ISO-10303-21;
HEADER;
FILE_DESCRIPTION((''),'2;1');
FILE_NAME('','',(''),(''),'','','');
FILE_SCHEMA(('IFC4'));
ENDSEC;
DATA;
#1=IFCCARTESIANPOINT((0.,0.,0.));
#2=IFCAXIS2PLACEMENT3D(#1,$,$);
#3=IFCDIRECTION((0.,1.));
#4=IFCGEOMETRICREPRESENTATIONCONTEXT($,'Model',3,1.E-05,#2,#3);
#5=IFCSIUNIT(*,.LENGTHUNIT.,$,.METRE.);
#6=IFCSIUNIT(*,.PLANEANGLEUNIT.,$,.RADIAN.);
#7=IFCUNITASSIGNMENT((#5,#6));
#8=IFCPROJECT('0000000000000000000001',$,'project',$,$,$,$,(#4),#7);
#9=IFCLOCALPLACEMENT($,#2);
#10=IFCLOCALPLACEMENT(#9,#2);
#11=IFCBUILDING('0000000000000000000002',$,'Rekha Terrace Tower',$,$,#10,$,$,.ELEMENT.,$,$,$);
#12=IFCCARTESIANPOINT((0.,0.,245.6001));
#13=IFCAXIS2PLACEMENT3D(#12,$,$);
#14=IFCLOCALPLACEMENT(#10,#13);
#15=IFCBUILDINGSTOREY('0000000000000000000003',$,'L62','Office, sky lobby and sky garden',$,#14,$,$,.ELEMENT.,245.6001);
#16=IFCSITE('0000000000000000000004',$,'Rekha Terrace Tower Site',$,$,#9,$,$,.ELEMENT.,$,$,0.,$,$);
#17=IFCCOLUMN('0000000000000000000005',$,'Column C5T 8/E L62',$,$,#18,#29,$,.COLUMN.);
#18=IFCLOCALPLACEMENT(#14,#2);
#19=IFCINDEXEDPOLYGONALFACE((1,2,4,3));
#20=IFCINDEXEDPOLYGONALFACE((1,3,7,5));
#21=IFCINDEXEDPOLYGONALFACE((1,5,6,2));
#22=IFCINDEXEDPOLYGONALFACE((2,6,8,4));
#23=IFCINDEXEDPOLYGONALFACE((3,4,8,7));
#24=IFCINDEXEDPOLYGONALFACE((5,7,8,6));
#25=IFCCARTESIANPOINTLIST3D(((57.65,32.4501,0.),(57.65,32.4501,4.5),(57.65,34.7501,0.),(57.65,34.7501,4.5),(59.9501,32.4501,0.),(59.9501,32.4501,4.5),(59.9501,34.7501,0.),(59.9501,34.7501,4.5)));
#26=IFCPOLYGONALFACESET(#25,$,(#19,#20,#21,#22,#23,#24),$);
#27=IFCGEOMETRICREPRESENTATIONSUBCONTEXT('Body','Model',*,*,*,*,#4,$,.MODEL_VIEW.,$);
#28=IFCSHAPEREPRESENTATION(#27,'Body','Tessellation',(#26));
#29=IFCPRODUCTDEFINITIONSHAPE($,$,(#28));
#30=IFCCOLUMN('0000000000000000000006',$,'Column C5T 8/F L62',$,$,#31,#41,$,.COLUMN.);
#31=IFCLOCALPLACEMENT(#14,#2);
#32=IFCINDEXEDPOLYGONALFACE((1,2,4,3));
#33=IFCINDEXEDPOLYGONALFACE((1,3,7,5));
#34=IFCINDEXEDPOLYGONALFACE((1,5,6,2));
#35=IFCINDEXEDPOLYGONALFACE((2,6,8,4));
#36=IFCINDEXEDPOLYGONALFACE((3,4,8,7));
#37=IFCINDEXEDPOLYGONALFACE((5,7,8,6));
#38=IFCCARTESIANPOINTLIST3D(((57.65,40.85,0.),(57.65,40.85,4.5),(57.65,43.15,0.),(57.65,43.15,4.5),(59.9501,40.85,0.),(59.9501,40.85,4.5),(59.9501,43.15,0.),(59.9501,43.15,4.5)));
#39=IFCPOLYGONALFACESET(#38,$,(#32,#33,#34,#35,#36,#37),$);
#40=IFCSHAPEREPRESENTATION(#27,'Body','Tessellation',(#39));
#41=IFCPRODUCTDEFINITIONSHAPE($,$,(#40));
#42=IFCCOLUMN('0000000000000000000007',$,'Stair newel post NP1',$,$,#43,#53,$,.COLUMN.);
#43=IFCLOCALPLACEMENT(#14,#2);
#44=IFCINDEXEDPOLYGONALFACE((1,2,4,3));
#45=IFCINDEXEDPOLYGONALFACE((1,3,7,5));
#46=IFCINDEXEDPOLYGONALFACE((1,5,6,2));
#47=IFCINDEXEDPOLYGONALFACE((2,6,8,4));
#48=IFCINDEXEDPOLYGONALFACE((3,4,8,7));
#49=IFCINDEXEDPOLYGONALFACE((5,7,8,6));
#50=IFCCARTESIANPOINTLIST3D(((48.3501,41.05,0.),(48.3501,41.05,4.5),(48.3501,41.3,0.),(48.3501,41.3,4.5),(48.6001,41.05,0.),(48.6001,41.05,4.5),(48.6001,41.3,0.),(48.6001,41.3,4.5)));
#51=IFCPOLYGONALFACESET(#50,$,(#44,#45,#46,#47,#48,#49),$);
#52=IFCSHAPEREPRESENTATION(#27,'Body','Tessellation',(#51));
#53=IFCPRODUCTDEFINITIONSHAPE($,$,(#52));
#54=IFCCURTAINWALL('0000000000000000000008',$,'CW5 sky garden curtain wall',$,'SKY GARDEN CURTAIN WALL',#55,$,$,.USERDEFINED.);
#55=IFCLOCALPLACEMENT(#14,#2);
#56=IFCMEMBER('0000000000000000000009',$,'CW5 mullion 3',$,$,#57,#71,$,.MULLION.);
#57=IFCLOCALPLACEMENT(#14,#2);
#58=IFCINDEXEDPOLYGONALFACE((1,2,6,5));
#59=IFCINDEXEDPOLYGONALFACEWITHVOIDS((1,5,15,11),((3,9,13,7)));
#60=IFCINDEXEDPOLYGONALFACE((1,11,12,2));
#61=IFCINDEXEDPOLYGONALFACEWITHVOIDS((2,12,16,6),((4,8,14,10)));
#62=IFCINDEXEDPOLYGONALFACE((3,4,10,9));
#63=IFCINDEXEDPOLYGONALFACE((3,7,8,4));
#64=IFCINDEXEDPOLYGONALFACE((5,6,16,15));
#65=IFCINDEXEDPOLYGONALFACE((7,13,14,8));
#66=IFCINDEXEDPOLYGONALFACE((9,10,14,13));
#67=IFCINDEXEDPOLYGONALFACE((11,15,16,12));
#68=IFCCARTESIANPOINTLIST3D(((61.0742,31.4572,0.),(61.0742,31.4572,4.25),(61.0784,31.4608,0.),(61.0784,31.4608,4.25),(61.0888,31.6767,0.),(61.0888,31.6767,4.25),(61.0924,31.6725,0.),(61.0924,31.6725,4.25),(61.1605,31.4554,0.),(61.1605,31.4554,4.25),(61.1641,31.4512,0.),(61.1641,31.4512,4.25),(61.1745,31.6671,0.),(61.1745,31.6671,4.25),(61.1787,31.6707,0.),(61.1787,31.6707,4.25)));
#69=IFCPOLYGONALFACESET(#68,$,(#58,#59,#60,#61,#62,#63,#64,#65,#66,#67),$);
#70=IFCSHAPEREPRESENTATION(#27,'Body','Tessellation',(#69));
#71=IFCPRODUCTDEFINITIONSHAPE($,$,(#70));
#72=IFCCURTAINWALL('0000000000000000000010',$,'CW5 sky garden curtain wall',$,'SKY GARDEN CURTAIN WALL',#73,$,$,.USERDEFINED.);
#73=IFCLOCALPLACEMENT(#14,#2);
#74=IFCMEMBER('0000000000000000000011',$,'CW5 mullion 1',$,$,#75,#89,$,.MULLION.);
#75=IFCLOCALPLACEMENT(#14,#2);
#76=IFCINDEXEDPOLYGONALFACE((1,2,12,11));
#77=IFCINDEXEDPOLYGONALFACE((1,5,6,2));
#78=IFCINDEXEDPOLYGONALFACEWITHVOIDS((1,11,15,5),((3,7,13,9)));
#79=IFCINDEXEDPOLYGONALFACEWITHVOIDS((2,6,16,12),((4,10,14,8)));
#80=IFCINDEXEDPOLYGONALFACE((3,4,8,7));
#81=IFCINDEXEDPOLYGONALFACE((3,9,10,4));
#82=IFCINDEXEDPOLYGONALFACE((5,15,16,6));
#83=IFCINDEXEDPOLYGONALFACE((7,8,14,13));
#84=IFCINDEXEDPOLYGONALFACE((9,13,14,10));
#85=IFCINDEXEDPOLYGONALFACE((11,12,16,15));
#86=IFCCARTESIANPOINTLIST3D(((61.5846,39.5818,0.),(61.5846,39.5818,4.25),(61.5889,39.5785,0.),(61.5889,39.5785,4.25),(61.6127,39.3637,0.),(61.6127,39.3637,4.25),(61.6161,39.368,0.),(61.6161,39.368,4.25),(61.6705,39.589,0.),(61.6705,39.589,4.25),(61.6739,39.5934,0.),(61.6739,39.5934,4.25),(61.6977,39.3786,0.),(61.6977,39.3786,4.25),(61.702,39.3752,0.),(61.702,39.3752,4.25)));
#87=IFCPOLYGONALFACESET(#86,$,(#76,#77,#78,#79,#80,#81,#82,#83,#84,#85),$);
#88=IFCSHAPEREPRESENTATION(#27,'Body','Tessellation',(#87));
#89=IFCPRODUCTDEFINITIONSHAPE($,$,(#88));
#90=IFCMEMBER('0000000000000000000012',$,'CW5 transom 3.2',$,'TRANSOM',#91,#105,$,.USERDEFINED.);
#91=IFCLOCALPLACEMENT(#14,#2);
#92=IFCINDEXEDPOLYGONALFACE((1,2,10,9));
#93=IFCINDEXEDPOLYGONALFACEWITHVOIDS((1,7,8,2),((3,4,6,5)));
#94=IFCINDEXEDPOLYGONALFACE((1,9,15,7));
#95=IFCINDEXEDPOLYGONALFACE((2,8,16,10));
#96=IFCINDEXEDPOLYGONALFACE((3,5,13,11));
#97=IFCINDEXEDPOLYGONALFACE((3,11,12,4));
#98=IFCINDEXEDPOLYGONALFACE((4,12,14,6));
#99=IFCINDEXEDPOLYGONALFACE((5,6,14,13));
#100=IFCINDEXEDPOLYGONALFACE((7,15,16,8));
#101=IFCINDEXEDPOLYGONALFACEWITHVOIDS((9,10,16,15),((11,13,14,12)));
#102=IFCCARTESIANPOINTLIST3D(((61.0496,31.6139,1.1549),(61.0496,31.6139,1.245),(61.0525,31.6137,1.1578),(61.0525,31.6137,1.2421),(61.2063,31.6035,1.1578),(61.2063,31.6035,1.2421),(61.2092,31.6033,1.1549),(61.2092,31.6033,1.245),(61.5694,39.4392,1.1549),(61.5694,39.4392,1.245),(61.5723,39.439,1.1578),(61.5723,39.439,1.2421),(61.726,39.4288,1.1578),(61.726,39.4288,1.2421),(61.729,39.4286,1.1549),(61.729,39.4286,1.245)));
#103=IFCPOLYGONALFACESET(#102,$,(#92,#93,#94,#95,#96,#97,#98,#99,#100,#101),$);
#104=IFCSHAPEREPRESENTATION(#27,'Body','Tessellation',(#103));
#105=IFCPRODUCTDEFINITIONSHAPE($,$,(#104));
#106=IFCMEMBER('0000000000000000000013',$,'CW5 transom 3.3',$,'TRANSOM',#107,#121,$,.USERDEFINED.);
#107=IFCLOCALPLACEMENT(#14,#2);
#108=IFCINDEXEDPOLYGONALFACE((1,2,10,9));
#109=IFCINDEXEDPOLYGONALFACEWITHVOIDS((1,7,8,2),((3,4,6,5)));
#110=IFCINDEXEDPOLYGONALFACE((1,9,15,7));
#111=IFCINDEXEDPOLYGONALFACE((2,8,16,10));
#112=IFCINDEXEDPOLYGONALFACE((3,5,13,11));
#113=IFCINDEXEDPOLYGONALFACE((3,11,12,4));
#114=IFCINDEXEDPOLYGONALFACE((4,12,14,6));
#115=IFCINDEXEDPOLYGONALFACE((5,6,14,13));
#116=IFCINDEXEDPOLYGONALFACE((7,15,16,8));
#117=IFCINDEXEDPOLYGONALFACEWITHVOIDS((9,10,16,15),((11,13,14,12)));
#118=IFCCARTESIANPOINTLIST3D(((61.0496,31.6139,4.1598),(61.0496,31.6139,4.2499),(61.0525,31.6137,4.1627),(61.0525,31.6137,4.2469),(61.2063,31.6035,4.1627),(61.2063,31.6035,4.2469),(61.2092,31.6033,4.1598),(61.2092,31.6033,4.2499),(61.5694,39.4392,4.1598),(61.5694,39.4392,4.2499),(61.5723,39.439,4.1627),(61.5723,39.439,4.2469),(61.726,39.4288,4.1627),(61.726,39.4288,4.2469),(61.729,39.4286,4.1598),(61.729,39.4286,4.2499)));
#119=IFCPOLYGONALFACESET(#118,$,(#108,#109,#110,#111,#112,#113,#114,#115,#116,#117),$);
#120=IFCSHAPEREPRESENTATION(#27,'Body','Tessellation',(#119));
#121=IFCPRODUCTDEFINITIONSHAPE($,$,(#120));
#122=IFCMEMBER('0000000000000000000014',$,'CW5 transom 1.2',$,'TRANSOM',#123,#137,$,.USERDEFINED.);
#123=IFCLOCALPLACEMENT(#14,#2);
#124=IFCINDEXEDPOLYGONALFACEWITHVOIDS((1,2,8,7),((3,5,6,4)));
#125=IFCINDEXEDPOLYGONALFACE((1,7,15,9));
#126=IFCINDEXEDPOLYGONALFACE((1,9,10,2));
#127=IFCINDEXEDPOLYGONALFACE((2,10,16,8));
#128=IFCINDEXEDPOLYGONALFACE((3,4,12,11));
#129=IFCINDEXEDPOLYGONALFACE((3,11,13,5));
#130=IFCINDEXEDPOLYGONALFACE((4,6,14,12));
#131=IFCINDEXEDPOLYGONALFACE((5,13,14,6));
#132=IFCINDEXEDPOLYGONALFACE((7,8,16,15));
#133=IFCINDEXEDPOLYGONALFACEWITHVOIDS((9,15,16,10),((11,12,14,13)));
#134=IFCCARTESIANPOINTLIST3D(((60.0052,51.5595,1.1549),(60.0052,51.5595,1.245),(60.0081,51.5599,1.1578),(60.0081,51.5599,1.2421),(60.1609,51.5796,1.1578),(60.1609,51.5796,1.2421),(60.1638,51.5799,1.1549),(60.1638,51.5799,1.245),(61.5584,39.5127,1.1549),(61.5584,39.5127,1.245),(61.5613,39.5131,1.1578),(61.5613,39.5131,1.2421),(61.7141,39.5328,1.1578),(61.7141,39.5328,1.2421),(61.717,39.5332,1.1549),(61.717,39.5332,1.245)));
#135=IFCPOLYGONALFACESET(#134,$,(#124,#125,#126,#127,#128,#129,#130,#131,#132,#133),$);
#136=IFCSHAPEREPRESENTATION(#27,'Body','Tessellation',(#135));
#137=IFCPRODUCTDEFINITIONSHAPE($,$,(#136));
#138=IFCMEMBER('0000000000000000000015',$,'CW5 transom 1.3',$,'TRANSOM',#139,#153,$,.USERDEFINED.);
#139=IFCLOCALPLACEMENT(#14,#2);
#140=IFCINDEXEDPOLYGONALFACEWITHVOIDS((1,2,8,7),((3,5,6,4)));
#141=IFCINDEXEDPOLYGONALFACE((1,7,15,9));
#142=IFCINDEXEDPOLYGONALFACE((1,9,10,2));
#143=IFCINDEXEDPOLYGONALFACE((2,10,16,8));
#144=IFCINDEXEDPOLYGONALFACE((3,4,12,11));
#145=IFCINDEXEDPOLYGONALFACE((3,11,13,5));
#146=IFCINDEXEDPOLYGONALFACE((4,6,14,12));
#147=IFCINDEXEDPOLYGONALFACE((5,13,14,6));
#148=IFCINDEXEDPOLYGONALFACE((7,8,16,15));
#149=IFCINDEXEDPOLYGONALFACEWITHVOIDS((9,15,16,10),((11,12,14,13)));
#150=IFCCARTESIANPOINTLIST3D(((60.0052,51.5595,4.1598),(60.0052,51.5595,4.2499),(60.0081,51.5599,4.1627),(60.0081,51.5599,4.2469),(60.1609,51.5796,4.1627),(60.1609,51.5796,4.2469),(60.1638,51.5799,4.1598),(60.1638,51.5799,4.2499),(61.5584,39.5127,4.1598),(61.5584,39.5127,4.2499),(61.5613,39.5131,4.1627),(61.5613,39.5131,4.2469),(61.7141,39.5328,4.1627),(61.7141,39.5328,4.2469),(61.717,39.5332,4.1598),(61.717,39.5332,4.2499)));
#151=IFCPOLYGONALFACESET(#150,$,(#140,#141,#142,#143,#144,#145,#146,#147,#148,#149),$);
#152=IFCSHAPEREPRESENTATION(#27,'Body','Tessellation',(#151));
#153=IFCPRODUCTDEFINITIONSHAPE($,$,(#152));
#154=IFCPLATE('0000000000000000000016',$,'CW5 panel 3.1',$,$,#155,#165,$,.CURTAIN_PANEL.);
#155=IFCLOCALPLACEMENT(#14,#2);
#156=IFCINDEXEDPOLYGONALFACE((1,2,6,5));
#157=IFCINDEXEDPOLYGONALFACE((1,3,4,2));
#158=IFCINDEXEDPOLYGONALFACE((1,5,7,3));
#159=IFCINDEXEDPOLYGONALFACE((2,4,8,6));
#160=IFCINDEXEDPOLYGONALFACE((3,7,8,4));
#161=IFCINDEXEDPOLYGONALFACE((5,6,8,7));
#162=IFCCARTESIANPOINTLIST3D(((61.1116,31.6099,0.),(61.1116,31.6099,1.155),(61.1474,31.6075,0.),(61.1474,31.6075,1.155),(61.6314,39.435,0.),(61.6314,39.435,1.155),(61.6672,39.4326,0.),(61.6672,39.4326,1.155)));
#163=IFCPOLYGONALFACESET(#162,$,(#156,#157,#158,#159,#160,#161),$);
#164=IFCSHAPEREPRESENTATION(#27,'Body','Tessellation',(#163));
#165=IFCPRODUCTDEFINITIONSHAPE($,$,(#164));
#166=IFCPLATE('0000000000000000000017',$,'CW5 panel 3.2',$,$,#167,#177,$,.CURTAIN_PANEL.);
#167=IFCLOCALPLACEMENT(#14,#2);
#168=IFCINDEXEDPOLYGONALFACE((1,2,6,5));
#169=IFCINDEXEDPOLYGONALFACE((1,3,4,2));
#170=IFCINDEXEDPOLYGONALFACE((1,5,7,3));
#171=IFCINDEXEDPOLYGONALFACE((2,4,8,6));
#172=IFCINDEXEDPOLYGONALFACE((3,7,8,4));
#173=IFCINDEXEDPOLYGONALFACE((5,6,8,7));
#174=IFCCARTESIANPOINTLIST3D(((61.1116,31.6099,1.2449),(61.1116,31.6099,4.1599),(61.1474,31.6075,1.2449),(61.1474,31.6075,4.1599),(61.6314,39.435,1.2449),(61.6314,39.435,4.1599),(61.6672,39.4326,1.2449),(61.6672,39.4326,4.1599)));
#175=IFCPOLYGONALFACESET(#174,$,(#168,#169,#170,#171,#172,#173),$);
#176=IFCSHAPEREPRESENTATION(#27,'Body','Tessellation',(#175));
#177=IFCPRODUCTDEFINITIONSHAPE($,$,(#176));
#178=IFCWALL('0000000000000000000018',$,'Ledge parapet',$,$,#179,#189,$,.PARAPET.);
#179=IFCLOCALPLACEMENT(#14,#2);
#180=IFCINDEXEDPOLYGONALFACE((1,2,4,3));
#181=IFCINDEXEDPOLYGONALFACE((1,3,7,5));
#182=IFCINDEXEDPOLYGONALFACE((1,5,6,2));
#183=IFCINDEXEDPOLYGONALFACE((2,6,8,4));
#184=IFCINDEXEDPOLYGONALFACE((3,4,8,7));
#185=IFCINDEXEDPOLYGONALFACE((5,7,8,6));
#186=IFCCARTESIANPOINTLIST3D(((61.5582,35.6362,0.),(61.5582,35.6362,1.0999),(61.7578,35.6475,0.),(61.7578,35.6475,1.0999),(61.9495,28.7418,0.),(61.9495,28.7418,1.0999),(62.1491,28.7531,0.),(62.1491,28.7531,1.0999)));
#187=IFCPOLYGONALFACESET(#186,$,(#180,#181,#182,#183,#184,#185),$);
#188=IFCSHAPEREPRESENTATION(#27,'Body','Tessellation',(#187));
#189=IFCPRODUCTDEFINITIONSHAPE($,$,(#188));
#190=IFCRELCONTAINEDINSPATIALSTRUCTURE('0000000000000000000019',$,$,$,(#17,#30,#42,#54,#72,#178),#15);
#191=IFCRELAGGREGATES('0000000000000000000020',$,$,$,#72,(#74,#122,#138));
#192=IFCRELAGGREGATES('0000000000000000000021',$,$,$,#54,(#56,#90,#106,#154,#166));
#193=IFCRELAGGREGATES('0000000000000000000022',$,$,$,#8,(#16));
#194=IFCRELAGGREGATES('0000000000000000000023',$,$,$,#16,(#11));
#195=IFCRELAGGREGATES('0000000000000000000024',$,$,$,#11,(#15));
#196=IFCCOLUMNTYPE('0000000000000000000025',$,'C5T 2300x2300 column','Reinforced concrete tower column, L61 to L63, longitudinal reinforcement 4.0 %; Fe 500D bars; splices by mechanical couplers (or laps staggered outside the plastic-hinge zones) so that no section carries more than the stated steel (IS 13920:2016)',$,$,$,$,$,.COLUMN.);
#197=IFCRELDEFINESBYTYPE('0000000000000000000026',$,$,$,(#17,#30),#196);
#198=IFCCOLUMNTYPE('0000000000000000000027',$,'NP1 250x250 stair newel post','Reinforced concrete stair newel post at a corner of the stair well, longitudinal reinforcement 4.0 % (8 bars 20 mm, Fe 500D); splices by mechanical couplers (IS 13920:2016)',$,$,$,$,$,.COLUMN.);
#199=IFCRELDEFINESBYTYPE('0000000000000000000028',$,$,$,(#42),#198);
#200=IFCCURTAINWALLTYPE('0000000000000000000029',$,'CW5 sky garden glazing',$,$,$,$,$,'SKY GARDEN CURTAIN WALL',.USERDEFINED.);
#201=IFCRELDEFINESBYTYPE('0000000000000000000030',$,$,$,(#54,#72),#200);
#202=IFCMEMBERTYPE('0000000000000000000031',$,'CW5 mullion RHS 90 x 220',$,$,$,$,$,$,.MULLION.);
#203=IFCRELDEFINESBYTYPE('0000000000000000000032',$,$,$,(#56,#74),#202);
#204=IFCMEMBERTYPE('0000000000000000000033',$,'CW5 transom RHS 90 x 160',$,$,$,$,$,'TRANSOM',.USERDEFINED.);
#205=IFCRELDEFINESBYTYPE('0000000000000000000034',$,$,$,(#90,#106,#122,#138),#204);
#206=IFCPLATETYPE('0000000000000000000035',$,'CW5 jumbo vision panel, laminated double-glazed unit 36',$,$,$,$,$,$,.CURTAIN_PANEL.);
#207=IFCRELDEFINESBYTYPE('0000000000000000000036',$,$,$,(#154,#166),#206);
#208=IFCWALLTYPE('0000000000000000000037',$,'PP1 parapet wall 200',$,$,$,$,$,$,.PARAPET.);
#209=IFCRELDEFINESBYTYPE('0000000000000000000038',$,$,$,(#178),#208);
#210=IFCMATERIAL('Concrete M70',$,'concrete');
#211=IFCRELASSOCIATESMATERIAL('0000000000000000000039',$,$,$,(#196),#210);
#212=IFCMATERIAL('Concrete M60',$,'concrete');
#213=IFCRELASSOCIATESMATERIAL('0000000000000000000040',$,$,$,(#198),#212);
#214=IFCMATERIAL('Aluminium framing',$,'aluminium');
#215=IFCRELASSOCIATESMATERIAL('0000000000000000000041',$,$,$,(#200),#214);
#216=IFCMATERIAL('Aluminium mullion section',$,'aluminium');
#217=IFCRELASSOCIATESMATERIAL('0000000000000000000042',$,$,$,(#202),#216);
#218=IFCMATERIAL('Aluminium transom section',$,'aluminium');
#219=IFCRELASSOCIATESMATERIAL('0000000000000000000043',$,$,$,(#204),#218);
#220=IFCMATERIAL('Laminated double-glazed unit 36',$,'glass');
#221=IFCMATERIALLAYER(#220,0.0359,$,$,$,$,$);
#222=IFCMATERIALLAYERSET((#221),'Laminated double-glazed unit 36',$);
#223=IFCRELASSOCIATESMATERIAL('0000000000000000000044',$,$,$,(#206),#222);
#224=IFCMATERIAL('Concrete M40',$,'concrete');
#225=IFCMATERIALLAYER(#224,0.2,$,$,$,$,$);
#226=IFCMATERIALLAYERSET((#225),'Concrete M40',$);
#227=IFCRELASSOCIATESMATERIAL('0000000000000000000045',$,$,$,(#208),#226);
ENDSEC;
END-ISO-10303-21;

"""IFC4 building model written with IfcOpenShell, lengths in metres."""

from ifc_helpers import new_model, si_unit, direction, frame, frame_2d, origin, origin_2d, place, context, subcontext, project, spatial, rectangle, hollow_rectangle, extrude, material, layer, layer_set, material_profile, profile_set, type_object, element, aggregate, save


model = new_model("IFC4")

# Units and contexts
model_context = context("Model", 3, precision=1e-05, world=origin(), true_north=direction((0.0, 1.0)))
body_context = subcontext(model_context, "Body", "Model", "MODEL_VIEW")
ifc_project = project(units=[si_unit("LENGTHUNIT", "METRE"), si_unit("PLANEANGLEUNIT", "RADIAN")], contexts=[model_context])

# Site, building, storey
site_placement = place(None, origin())
site = spatial("IfcSite", under=ifc_project, at=site_placement, Name="Rekha Terrace Tower Site", CompositionType="ELEMENT", RefElevation=0.0)
building_placement = place(site_placement, origin())
building = spatial("IfcBuilding", under=site, at=building_placement, Name="Rekha Terrace Tower", CompositionType="ELEMENT")
storey_placement = place(building_placement, frame((0.0, 0.0, 245.6001)))
storey = spatial("IfcBuildingStorey", under=building, at=storey_placement, Name="L62", Description="Office, sky lobby and sky garden", CompositionType="ELEMENT", Elevation=245.6001)

# Columns
ifc_material_1 = material(Name="Concrete M70", Category="concrete")
ifc_material_profile_1 = material_profile(ifc_material_1, rectangle(XDim=2.3, YDim=2.3, at=origin_2d()), Name="RC 2300x2300")
ifc_profile_set_1 = profile_set([ifc_material_profile_1], Name="Concrete M70")
column_type_1 = type_object("IfcColumnType", Name="C5T 2300x2300 column", Description="Reinforced concrete tower column, L61 to L63, longitudinal reinforcement 4.0 %; Fe 500D bars; splices by mechanical couplers (or laps staggered outside the plastic-hinge zones) so that no section carries more than the stated steel (IS 13920:2016)", PredefinedType="COLUMN", material=ifc_profile_set_1)
for number, where, z_axis, x_axis, name in (
    (1, (58.8, 33.6001, 0.0), (0.0, 0.0, 1.0), (1.0, 0.0, 0.0), "Column C5T 8/E L62"),
    (2, (58.8, 42.0, 0.0), (0.0, 0.0, 1.0), (1.0, 0.0, 0.0), "Column C5T 8/F L62"),
):
    element("IfcColumn", number, at=place(storey_placement, frame(where, z_axis=z_axis, x_axis=x_axis)), inside=storey, type_object=column_type_1, Name=name, PredefinedType="COLUMN", context=body_context, shape_type="SweptSolid", body=[
        extrude(rectangle(XDim=2.3, YDim=2.3, at=origin_2d()), origin(), (0.0, 0.0, 1.0), 4.5),
    ])
ifc_material_2 = material(Name="Concrete M60", Category="concrete")
ifc_material_profile_2 = material_profile(ifc_material_2, rectangle(XDim=0.25, YDim=0.25, at=origin_2d()), Name="RC 250x250")
ifc_profile_set_2 = profile_set([ifc_material_profile_2], Name="Concrete M60")
column_type_2 = type_object("IfcColumnType", Name="NP1 250x250 stair newel post", Description="Reinforced concrete stair newel post at a corner of the stair well, longitudinal reinforcement 4.0 % (8 bars 20 mm, Fe 500D); splices by mechanical couplers (IS 13920:2016)", PredefinedType="COLUMN", material=ifc_profile_set_2)
column_placement = place(storey_placement, frame((48.4751, 41.175, 0.0), z_axis=(0.0, 0.0, 1.0), x_axis=(1.0, 0.0, 0.0)))
element("IfcColumn", 3, at=column_placement, inside=storey, type_object=column_type_2, Name="Stair newel post NP1", PredefinedType="COLUMN", context=body_context, shape_type="SweptSolid", body=[
    extrude(rectangle(XDim=0.25, YDim=0.25, at=origin_2d()), origin(), (0.0, 0.0, 1.0), 4.5),
])

# Curtain walls, members
ifc_material_3 = material(Name="Aluminium framing", Category="aluminium")
curtain_wall_type = type_object("IfcCurtainWallType", Name="CW5 sky garden glazing", ElementType="SKY GARDEN CURTAIN WALL", PredefinedType="USERDEFINED", material=ifc_material_3)
curtain_wall_1_placement = place(storey_placement, origin())
curtain_wall_1 = element("IfcCurtainWall", 4, at=curtain_wall_1_placement, inside=storey, type_object=curtain_wall_type, Name="CW5 sky garden curtain wall", ObjectType="SKY GARDEN CURTAIN WALL", PredefinedType="USERDEFINED")
ifc_material_4 = material(Name="Aluminium mullion section", Category="aluminium")
ifc_material_profile_3 = material_profile(ifc_material_4, hollow_rectangle(XDim=0.0901, YDim=0.22, WallThickness=0.0039, at=origin_2d()), Name="AL RHS 90x220")
ifc_profile_set_3 = profile_set([ifc_material_profile_3], Name="Aluminium mullion section")
member_type_1 = type_object("IfcMemberType", Name="CW5 mullion RHS 90 x 220", PredefinedType="MULLION", material=ifc_profile_set_3)
member_1_placement = place(storey_placement, frame((61.1265, 31.564, 0.0), z_axis=(0.0, 0.0, 1.0), x_axis=(-0.997802, 0.066272, 0.0)))
member_1 = element("IfcMember", 5, at=member_1_placement, type_object=member_type_1, Name="CW5 mullion 3", PredefinedType="MULLION", context=body_context, shape_type="SweptSolid", body=[
    extrude(hollow_rectangle(XDim=0.0901, YDim=0.22, WallThickness=0.0039, at=origin_2d()), origin(), (0.0, 0.0, 1.0), 4.25),
])
curtain_wall_2_placement = place(storey_placement, origin())
curtain_wall_2 = element("IfcCurtainWall", 6, at=curtain_wall_2_placement, inside=storey, type_object=curtain_wall_type, Name="CW5 sky garden curtain wall", ObjectType="SKY GARDEN CURTAIN WALL", PredefinedType="USERDEFINED")
member_2_placement = place(storey_placement, frame((61.6433, 39.4785, 0.0), z_axis=(0.0, 0.0, 1.0), x_axis=(-0.991791, -0.12787, 0.0)))
member_2 = element("IfcMember", 7, at=member_2_placement, type_object=member_type_1, Name="CW5 mullion 1", PredefinedType="MULLION", context=body_context, shape_type="SweptSolid", body=[
    extrude(hollow_rectangle(XDim=0.0901, YDim=0.22, WallThickness=0.0039, at=origin_2d()), origin(), (0.0, 0.0, 1.0), 4.25),
])

# Members
ifc_material_5 = material(Name="Aluminium transom section", Category="aluminium")
ifc_material_profile_4 = material_profile(ifc_material_5, hollow_rectangle(XDim=0.1599, YDim=0.0901, WallThickness=0.0029, at=origin_2d()), Name="AL RHS 160x90")
ifc_profile_set_4 = profile_set([ifc_material_profile_4], Name="Aluminium transom section")
member_type_2 = type_object("IfcMemberType", Name="CW5 transom RHS 90 x 160", ElementType="TRANSOM", PredefinedType="USERDEFINED", material=ifc_profile_set_4)
member_3_placement = place(storey_placement, frame((61.1294, 31.6086, 1.2), z_axis=(0.066277, 0.997801, 0.0), x_axis=(-0.997801, 0.066277, 0.0)))
member_3 = element("IfcMember", 8, at=member_3_placement, type_object=member_type_2, Name="CW5 transom 3.2", ObjectType="TRANSOM", PredefinedType="USERDEFINED", context=body_context, shape_type="SweptSolid", body=[
    extrude(hollow_rectangle(XDim=0.1599, YDim=0.0901, WallThickness=0.0029, at=origin_2d()), origin(), (0.0, 0.0, 1.0), 7.8425),
])
member_4_placement = place(storey_placement, frame((61.1294, 31.6086, 4.2048), z_axis=(0.066277, 0.997801, 0.0), x_axis=(-0.997801, 0.066277, 0.0)))
member_4 = element("IfcMember", 9, at=member_4_placement, type_object=member_type_2, Name="CW5 transom 3.3", ObjectType="TRANSOM", PredefinedType="USERDEFINED", context=body_context, shape_type="SweptSolid", body=[
    extrude(hollow_rectangle(XDim=0.1599, YDim=0.0901, WallThickness=0.0029, at=origin_2d()), origin(), (0.0, 0.0, 1.0), 7.8425),
])
member_5_placement = place(storey_placement, frame((61.6377, 39.5229, 1.2), z_axis=(-0.127873, 0.991791, 0.0), x_axis=(-0.991791, -0.127873, 0.0)))
member_5 = element("IfcMember", 10, at=member_5_placement, type_object=member_type_2, Name="CW5 transom 1.2", ObjectType="TRANSOM", PredefinedType="USERDEFINED", context=body_context, shape_type="SweptSolid", body=[
    extrude(hollow_rectangle(XDim=0.1599, YDim=0.0901, WallThickness=0.0029, at=origin_2d()), origin(), (0.0, 0.0, 1.0), 12.1465),
])
member_6_placement = place(storey_placement, frame((61.6377, 39.5229, 4.2048), z_axis=(-0.127873, 0.991791, 0.0), x_axis=(-0.991791, -0.127873, 0.0)))
member_6 = element("IfcMember", 11, at=member_6_placement, type_object=member_type_2, Name="CW5 transom 1.3", ObjectType="TRANSOM", PredefinedType="USERDEFINED", context=body_context, shape_type="SweptSolid", body=[
    extrude(hollow_rectangle(XDim=0.1599, YDim=0.0901, WallThickness=0.0029, at=origin_2d()), origin(), (0.0, 0.0, 1.0), 12.1465),
])
aggregate(curtain_wall_2, [member_2, member_5, member_6])

# Plates
ifc_material_6 = material(Name="Laminated double-glazed unit 36", Category="glass")
ifc_layer_1 = layer(ifc_material_6, 0.0359)
ifc_layer_set_1 = layer_set([ifc_layer_1], Name="Laminated double-glazed unit 36")
plate_type = type_object("IfcPlateType", Name="CW5 jumbo vision panel, laminated double-glazed unit 36", PredefinedType="CURTAIN_PANEL", material=ifc_layer_set_1)
plate_1_placement = place(storey_placement, frame((61.3894, 35.5212, 0.0), z_axis=(0.0, 0.0, 1.0), x_axis=(0.066272, 0.997802, 0.0)))
plate_1 = element("IfcPlate", 12, at=plate_1_placement, type_object=plate_type, Name="CW5 panel 3.1", PredefinedType="CURTAIN_PANEL", context=body_context, shape_type="SweptSolid", body=[
    extrude(rectangle(XDim=7.8423, YDim=0.0359, at=origin_2d()), origin(), (0.0, 0.0, 1.0), 1.155),
])
plate_2_placement = place(storey_placement, frame((61.3894, 35.5212, 1.2449), z_axis=(0.0, 0.0, 1.0), x_axis=(0.066272, 0.997802, 0.0)))
plate_2 = element("IfcPlate", 13, at=plate_2_placement, type_object=plate_type, Name="CW5 panel 3.2", PredefinedType="CURTAIN_PANEL", context=body_context, shape_type="SweptSolid", body=[
    extrude(rectangle(XDim=7.8423, YDim=0.0359, at=origin_2d()), origin(), (0.0, 0.0, 1.0), 2.915),
])
aggregate(curtain_wall_1, [member_1, member_3, member_4, plate_1, plate_2])

# Wall
ifc_material_7 = material(Name="Concrete M40", Category="concrete")
ifc_layer_2 = layer(ifc_material_7, 0.2)
ifc_layer_set_2 = layer_set([ifc_layer_2], Name="Concrete M40")
wall_type_1 = type_object("IfcWallType", Name="PP1 parapet wall 200", PredefinedType="PARAPET", material=ifc_layer_set_2)
wall_1_placement = place(storey_placement, frame((62.0493, 28.7476, 0.0), z_axis=(0.0, 0.0, 1.0), x_axis=(-0.056672, 0.998393, 0.0)))
element("IfcWall", 14, at=wall_1_placement, inside=storey, type_object=wall_type_1, Name="Ledge parapet", PredefinedType="PARAPET", context=body_context, shape_type="SweptSolid", body=[
    extrude(rectangle(XDim=6.9055, YDim=0.2, at=frame_2d((3.4526, 0.0))), origin(), (0.0, 0.0, 1.0), 1.0999),
])

save(model, "model.ifc")
